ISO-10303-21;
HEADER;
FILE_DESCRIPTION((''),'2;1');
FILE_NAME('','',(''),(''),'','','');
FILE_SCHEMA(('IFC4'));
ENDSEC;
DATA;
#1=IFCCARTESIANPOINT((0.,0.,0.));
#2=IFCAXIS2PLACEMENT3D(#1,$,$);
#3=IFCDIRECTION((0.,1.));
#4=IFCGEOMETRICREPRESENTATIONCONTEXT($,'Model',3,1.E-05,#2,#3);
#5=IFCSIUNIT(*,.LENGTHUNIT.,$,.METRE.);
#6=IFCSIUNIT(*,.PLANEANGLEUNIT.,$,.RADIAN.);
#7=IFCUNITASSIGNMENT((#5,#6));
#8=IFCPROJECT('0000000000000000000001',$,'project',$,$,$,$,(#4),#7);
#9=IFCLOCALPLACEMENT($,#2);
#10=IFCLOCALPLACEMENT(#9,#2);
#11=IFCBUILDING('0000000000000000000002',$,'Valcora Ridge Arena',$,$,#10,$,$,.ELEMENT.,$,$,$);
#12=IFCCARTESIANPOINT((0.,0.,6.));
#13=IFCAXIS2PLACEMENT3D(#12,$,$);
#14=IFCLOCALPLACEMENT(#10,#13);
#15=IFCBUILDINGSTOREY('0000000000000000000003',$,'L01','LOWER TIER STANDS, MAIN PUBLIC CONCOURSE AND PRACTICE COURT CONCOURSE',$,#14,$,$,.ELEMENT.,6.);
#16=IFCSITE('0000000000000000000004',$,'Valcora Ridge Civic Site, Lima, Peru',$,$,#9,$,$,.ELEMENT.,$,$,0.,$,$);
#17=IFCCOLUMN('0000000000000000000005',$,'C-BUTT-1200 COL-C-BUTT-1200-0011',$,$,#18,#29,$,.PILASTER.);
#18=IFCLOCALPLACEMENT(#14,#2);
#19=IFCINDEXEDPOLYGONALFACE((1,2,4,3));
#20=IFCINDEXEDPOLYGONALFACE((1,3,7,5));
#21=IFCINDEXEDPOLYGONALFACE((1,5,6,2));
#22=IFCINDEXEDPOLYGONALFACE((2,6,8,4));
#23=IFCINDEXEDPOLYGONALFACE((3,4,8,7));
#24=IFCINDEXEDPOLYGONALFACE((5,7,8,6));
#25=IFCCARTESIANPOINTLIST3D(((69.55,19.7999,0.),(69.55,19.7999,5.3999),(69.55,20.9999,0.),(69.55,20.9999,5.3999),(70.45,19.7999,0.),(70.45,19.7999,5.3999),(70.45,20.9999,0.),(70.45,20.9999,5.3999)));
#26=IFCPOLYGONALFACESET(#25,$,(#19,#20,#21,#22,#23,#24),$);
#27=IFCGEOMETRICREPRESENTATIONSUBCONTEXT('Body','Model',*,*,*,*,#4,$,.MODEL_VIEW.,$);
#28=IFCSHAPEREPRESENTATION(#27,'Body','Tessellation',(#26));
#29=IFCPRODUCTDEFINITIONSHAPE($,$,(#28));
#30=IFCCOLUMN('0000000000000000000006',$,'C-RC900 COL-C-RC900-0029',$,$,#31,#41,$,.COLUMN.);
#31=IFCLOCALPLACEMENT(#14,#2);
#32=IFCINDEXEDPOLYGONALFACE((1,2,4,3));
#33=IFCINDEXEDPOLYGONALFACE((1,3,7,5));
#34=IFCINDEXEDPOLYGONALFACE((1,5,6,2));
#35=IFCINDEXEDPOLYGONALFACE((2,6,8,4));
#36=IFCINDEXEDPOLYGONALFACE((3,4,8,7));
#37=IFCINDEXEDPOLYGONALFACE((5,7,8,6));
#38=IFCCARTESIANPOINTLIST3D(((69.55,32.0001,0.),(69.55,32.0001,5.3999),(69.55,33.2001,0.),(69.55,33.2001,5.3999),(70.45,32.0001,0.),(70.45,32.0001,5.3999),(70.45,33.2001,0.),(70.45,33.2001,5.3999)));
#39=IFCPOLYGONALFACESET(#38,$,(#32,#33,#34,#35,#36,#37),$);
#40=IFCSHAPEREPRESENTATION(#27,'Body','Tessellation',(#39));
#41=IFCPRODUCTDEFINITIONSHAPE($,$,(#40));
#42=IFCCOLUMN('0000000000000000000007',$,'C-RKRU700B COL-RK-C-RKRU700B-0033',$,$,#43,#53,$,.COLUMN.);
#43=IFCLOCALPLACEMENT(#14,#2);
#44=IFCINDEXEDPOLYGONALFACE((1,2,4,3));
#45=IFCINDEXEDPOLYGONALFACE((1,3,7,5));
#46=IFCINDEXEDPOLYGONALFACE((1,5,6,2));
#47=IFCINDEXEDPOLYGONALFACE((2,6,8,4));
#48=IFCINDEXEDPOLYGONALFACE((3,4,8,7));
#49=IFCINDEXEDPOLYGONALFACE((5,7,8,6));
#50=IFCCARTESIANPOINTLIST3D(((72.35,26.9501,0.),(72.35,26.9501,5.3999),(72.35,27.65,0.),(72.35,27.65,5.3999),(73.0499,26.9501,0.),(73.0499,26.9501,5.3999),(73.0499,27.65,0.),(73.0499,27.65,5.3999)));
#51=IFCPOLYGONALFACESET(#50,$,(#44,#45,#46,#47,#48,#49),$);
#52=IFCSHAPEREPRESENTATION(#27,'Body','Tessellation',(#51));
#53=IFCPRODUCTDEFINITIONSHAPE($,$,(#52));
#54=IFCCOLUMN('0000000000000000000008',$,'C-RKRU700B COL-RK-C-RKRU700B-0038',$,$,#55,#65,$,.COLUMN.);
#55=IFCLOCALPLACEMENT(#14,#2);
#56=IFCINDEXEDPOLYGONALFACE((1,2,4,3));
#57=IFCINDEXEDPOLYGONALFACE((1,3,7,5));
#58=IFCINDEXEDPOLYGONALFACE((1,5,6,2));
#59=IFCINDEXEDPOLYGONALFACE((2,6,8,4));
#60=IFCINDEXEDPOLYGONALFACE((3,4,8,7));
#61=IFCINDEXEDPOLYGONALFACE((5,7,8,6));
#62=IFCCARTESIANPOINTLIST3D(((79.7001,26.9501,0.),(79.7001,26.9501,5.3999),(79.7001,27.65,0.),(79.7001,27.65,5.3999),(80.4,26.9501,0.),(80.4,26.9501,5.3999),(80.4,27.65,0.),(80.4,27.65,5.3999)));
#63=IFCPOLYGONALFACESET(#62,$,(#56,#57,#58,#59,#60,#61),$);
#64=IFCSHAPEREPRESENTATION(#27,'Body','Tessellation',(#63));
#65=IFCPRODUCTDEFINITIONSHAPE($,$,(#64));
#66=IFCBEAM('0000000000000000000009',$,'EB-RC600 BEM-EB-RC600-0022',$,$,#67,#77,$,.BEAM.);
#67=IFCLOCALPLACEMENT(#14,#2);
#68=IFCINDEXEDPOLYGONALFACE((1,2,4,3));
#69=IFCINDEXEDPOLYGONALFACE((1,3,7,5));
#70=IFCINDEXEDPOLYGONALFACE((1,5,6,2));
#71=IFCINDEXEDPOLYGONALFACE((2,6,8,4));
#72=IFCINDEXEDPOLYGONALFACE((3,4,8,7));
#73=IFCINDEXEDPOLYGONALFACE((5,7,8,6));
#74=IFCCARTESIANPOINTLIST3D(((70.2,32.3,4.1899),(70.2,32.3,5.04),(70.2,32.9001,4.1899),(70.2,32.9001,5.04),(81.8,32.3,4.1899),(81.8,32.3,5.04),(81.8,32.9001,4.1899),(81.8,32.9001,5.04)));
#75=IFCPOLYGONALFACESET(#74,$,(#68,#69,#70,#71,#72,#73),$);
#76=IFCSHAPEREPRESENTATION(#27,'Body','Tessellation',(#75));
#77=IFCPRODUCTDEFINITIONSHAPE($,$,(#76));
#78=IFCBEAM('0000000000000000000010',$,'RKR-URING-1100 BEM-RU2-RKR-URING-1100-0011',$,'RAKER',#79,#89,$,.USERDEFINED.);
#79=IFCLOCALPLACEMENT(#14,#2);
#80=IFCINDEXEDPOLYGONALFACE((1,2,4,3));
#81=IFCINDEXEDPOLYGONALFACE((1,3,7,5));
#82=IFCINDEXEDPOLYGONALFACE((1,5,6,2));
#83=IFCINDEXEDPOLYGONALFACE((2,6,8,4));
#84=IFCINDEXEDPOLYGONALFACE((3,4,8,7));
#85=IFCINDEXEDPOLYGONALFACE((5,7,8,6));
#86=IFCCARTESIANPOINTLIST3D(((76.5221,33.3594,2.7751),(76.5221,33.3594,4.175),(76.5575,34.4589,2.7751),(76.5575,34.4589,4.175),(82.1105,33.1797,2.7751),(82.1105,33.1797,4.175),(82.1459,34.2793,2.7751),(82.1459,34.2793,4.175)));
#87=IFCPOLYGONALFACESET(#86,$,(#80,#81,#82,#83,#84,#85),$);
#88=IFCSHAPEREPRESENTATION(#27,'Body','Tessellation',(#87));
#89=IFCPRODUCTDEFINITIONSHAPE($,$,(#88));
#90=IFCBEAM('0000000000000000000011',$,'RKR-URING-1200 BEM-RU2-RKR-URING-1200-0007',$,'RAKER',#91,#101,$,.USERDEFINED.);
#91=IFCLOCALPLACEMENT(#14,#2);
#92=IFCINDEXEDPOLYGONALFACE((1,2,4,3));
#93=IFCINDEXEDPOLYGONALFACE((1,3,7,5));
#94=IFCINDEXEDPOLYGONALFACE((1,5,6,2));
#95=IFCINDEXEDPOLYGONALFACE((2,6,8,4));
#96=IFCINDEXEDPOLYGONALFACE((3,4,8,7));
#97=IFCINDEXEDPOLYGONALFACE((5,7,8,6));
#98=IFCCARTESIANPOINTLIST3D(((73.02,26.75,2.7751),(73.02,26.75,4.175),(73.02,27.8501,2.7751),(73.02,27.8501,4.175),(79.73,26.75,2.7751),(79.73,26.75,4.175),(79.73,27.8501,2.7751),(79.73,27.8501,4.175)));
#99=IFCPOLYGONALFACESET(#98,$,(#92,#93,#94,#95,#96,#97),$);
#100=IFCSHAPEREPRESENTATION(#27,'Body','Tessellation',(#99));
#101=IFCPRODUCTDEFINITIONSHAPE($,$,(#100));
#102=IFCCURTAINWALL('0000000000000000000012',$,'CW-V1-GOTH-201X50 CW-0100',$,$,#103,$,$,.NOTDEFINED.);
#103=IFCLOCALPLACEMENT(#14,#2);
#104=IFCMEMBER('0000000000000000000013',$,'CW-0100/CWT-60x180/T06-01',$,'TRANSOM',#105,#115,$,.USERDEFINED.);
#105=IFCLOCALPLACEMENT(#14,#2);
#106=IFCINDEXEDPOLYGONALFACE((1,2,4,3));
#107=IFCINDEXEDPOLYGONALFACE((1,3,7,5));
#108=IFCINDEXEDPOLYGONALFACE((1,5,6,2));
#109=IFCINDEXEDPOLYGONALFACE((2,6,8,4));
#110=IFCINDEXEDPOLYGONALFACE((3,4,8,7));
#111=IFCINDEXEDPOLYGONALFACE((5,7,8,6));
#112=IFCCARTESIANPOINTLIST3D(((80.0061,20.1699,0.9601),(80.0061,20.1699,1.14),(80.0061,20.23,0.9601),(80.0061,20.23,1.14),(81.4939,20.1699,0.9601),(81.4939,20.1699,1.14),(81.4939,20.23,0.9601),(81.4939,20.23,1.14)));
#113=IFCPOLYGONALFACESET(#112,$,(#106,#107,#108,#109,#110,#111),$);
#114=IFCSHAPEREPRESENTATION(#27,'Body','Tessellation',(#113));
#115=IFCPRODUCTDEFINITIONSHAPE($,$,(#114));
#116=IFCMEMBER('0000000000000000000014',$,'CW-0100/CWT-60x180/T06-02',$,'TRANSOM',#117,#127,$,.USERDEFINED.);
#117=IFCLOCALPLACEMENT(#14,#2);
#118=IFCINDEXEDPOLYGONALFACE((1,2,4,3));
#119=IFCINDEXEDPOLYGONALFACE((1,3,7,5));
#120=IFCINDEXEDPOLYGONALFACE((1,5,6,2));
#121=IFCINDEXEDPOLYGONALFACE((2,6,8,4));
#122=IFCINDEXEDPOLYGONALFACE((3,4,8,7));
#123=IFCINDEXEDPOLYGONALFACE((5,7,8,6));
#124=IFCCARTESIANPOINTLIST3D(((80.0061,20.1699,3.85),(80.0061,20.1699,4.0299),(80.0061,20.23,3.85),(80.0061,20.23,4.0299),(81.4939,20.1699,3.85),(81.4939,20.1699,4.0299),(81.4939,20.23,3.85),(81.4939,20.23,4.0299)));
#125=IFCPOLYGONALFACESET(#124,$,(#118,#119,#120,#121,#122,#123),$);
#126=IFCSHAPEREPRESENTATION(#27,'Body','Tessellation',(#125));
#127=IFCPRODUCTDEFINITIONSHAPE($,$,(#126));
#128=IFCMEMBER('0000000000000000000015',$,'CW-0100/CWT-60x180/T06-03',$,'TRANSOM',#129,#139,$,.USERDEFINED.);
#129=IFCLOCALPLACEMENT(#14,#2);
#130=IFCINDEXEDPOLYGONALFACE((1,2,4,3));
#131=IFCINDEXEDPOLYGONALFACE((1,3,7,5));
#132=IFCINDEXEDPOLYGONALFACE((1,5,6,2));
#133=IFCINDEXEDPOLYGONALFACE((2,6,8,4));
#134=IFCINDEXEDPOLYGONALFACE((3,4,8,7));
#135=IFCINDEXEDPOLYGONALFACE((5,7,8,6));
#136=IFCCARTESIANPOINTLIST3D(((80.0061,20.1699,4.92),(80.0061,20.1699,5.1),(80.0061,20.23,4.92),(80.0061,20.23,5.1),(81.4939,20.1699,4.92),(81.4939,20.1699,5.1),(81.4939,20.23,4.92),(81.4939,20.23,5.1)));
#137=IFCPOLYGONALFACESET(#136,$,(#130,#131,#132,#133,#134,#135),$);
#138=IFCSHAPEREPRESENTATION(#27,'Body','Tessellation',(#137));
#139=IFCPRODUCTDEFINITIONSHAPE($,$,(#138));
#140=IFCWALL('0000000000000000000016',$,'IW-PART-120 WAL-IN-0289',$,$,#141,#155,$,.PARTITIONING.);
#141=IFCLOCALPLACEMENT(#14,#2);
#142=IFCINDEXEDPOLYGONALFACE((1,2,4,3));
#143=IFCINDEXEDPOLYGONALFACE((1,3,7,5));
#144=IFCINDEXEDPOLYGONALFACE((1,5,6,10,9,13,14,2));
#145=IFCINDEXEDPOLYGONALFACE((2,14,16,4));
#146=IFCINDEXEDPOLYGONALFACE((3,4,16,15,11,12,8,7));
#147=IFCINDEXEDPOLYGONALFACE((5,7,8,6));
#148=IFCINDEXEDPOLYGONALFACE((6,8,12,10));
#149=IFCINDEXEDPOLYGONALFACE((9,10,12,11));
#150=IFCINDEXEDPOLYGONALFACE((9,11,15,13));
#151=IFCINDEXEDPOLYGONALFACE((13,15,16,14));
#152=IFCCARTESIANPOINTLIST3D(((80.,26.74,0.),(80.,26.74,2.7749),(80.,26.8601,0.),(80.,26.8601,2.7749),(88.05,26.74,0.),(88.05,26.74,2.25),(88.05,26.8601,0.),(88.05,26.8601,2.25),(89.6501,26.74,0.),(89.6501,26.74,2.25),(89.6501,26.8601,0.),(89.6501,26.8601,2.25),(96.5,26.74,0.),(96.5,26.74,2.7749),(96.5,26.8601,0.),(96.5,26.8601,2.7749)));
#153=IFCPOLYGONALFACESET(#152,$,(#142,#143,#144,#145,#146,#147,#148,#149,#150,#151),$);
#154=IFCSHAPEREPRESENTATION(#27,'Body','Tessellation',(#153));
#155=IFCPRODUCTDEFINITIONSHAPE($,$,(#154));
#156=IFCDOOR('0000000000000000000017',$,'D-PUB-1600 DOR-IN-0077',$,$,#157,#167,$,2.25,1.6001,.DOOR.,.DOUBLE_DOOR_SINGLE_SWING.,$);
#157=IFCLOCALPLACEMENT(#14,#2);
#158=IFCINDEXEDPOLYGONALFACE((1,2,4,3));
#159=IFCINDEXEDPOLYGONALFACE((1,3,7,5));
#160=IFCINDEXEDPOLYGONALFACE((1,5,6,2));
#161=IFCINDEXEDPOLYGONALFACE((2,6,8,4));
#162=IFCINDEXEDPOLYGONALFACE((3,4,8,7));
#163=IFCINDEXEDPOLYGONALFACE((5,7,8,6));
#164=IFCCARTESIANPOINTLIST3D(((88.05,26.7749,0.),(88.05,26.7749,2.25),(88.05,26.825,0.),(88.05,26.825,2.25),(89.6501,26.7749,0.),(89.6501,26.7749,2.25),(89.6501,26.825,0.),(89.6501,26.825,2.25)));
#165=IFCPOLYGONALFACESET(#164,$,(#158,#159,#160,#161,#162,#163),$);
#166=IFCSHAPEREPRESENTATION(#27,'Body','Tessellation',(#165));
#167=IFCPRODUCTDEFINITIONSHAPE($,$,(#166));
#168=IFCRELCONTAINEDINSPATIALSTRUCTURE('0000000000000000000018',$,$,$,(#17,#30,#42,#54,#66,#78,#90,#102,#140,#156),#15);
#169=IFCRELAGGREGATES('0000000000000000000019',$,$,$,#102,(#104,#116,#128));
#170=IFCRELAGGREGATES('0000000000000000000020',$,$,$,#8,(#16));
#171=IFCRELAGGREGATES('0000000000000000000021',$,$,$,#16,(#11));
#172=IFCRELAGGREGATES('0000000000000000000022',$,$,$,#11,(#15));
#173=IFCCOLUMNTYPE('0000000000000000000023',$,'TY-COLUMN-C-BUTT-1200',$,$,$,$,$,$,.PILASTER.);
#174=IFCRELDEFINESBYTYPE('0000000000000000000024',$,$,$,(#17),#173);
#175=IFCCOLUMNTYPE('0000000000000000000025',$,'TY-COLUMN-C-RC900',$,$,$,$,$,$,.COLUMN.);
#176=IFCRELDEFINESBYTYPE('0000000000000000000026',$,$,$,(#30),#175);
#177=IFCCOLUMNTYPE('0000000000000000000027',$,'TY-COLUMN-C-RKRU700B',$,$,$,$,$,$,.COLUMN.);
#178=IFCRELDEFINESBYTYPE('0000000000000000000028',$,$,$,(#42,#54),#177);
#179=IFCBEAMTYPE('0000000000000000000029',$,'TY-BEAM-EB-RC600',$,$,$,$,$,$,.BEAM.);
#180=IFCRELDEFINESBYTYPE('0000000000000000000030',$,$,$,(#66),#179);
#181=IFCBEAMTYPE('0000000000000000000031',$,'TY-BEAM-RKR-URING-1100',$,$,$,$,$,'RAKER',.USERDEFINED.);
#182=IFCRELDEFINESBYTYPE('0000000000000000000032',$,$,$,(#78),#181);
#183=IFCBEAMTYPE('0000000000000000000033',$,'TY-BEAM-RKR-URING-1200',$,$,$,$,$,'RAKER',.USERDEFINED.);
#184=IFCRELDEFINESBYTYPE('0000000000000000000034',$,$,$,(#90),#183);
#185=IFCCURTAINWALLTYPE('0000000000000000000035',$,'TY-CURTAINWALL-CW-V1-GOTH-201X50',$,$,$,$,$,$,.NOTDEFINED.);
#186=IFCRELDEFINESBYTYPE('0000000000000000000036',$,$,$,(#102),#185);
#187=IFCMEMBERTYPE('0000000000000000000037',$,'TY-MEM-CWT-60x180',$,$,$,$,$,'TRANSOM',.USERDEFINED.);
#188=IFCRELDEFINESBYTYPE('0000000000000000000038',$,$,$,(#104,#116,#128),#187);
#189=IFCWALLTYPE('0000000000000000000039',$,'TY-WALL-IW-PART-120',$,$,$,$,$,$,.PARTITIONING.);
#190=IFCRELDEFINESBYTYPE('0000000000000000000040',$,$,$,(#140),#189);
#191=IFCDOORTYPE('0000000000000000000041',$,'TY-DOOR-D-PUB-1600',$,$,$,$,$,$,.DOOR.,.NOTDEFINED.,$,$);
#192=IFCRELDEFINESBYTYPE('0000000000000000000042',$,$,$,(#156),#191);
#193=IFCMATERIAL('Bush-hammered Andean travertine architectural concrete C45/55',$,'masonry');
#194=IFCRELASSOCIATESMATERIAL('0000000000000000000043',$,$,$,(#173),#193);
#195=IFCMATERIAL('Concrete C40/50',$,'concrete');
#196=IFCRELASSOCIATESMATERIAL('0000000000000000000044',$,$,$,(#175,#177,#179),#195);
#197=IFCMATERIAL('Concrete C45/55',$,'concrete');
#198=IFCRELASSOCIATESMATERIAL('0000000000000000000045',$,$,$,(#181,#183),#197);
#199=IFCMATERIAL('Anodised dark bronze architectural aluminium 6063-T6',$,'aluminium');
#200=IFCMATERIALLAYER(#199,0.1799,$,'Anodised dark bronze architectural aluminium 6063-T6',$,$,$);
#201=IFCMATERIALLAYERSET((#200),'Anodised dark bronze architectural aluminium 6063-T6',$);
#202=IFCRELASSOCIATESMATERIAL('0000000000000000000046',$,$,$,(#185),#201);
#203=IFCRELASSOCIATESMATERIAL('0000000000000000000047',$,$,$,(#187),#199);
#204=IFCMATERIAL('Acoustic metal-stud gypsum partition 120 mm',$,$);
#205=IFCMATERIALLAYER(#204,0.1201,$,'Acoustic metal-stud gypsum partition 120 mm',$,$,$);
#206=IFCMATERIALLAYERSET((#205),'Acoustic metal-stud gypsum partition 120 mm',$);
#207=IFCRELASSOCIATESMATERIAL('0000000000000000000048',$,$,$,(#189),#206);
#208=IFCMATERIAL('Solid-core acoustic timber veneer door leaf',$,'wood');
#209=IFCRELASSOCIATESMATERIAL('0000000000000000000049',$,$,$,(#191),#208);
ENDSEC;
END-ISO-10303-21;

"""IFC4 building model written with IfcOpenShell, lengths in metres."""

from ifc_helpers import new_model, si_unit, direction, frame, frame_2d, origin, origin_2d, place, context, subcontext, project, spatial, rectangle, extrude, material, layer, layer_set, material_profile, profile_set, type_object, element, fill, aggregate, save


model = new_model("IFC4")

# Units and contexts
model_context = context("Model", 3, precision=1e-05, world=origin(), true_north=direction((0.0, 1.0)))
body_context = subcontext(model_context, "Body", "Model", "MODEL_VIEW")
ifc_project = project(units=[si_unit("LENGTHUNIT", "METRE"), si_unit("PLANEANGLEUNIT", "RADIAN")], contexts=[model_context])

# Site, building, storey
site_placement = place(None, origin())
site = spatial("IfcSite", under=ifc_project, at=site_placement, Name="Valcora Ridge Civic Site, Lima, Peru", CompositionType="ELEMENT", RefElevation=0.0)
building_placement = place(site_placement, origin())
building = spatial("IfcBuilding", under=site, at=building_placement, Name="Valcora Ridge Arena", CompositionType="ELEMENT")
storey_placement = place(building_placement, frame((0.0, 0.0, 6.0)))
storey = spatial("IfcBuildingStorey", under=building, at=storey_placement, Name="L01", Description="LOWER TIER STANDS, MAIN PUBLIC CONCOURSE AND PRACTICE COURT CONCOURSE", CompositionType="ELEMENT", Elevation=6.0)

# Columns
ifc_material_1 = material(Name="Bush-hammered Andean travertine architectural concrete C45/55", Category="masonry")
ifc_material_profile_1 = material_profile(ifc_material_1, rectangle(XDim=0.8999, YDim=1.2, at=origin_2d()), Name="RC 900x1200")
ifc_profile_set_1 = profile_set([ifc_material_profile_1], Name="Bush-hammered Andean travertine architectural concrete C45/55")
column_type_1 = type_object("IfcColumnType", Name="TY-COLUMN-C-BUTT-1200", PredefinedType="PILASTER", material=ifc_profile_set_1)
column_1_placement = place(storey_placement, frame((70.0, 20.3999, 0.0), z_axis=(0.0, 0.0, 1.0), x_axis=(1.0, 0.0, 0.0)))
element("IfcColumn", 1, at=column_1_placement, inside=storey, type_object=column_type_1, Name="C-BUTT-1200 COL-C-BUTT-1200-0011", PredefinedType="PILASTER", context=body_context, shape_type="SweptSolid", body=[
    extrude(rectangle(XDim=0.8999, YDim=1.2, at=origin_2d()), origin(), (0.0, 0.0, 1.0), 5.3999),
])
ifc_material_2 = material(Name="Concrete C40/50", Category="concrete")
ifc_material_profile_2 = material_profile(ifc_material_2, rectangle(XDim=0.8999, YDim=1.2, at=origin_2d()), Name="RC 900x1200")
ifc_profile_set_2 = profile_set([ifc_material_profile_2], Name="Concrete C40/50")
column_type_2 = type_object("IfcColumnType", Name="TY-COLUMN-C-RC900", PredefinedType="COLUMN", material=ifc_profile_set_2)
column_2_placement = place(storey_placement, frame((70.0, 32.6001, 0.0), z_axis=(0.0, 0.0, 1.0), x_axis=(1.0, 0.0, 0.0)))
element("IfcColumn", 2, at=column_2_placement, inside=storey, type_object=column_type_2, Name="C-RC900 COL-C-RC900-0029", PredefinedType="COLUMN", context=body_context, shape_type="SweptSolid", body=[
    extrude(rectangle(XDim=0.8999, YDim=1.2, at=origin_2d()), origin(), (0.0, 0.0, 1.0), 5.3999),
])
ifc_material_profile_3 = material_profile(ifc_material_2, rectangle(XDim=0.7, YDim=0.7, at=origin_2d()), Name="RC 700x700")
ifc_profile_set_3 = profile_set([ifc_material_profile_3], Name="Concrete C40/50")
column_type_3 = type_object("IfcColumnType", Name="TY-COLUMN-C-RKRU700B", PredefinedType="COLUMN", material=ifc_profile_set_3)
for number, where, z_axis, x_axis, name in (
    (3, (72.7, 27.3, 0.0), (0.0, 0.0, 1.0), (1.0, 0.0, 0.0), "C-RKRU700B COL-RK-C-RKRU700B-0033"),
    (4, (80.05, 27.3, 0.0), (0.0, 0.0, 1.0), (1.0, 0.0, 0.0), "C-RKRU700B COL-RK-C-RKRU700B-0038"),
):
    element("IfcColumn", number, at=place(storey_placement, frame(where, z_axis=z_axis, x_axis=x_axis)), inside=storey, type_object=column_type_3, Name=name, PredefinedType="COLUMN", context=body_context, shape_type="SweptSolid", body=[
        extrude(rectangle(XDim=0.7, YDim=0.7, at=origin_2d()), origin(), (0.0, 0.0, 1.0), 5.3999),
    ])

# Beams
ifc_material_profile_4 = material_profile(ifc_material_2, rectangle(XDim=0.6001, YDim=0.8501, at=origin_2d()), Name="RC 600x850")
ifc_profile_set_4 = profile_set([ifc_material_profile_4], Name="Concrete C40/50")
beam_type_1 = type_object("IfcBeamType", Name="TY-BEAM-EB-RC600", PredefinedType="BEAM", material=ifc_profile_set_4)
beam_1_placement = place(storey_placement, frame((70.2, 32.6001, 4.615), z_axis=(1.0, 0.0, 0.0), x_axis=(0.0, 1.0, 0.0)))
element("IfcBeam", 5, at=beam_1_placement, inside=storey, type_object=beam_type_1, Name="EB-RC600 BEM-EB-RC600-0022", PredefinedType="BEAM", context=body_context, shape_type="SweptSolid", body=[
    extrude(rectangle(XDim=0.6001, YDim=0.8501, at=origin_2d()), origin(), (0.0, 0.0, 1.0), 11.6001),
])
ifc_material_3 = material(Name="Concrete C45/55", Category="concrete")
ifc_material_profile_5 = material_profile(ifc_material_3, rectangle(XDim=1.1001, YDim=1.3999, at=origin_2d()), Name="RC 1100x1400")
ifc_profile_set_5 = profile_set([ifc_material_profile_5], Name="Concrete C45/55")
beam_type_2 = type_object("IfcBeamType", Name="TY-BEAM-RKR-URING-1100", ElementType="RAKER", PredefinedType="USERDEFINED", material=ifc_profile_set_5)
beam_2_placement = place(storey_placement, frame((76.5398, 33.9092, 3.4751), z_axis=(0.999483, -0.032137, 0.0), x_axis=(0.032137, 0.999483, 0.0)))
element("IfcBeam", 6, at=beam_2_placement, inside=storey, type_object=beam_type_2, Name="RKR-URING-1100 BEM-RU2-RKR-URING-1100-0011", ObjectType="RAKER", PredefinedType="USERDEFINED", context=body_context, shape_type="SweptSolid", body=[
    extrude(rectangle(XDim=1.1001, YDim=1.3999, at=origin_2d()), origin(), (0.0, 0.0, 1.0), 5.5913),
])
ifc_material_profile_6 = material_profile(ifc_material_3, rectangle(XDim=1.1001, YDim=1.3999, at=origin_2d()), Name="RC 1100x1400")
ifc_profile_set_6 = profile_set([ifc_material_profile_6], Name="Concrete C45/55")
beam_type_3 = type_object("IfcBeamType", Name="TY-BEAM-RKR-URING-1200", ElementType="RAKER", PredefinedType="USERDEFINED", material=ifc_profile_set_6)
beam_3_placement = place(storey_placement, frame((73.02, 27.3, 3.4751), z_axis=(1.0, 0.0, 0.0), x_axis=(0.0, 1.0, 0.0)))
element("IfcBeam", 7, at=beam_3_placement, inside=storey, type_object=beam_type_3, Name="RKR-URING-1200 BEM-RU2-RKR-URING-1200-0007", ObjectType="RAKER", PredefinedType="USERDEFINED", context=body_context, shape_type="SweptSolid", body=[
    extrude(rectangle(XDim=1.1001, YDim=1.3999, at=origin_2d()), origin(), (0.0, 0.0, 1.0), 6.71),
])

# Curtain wall, members
ifc_material_4 = material(Name="Anodised dark bronze architectural aluminium 6063-T6", Category="aluminium")
ifc_layer_1 = layer(ifc_material_4, 0.1799, Name="Anodised dark bronze architectural aluminium 6063-T6")
ifc_layer_set_1 = layer_set([ifc_layer_1], Name="Anodised dark bronze architectural aluminium 6063-T6")
curtain_wall_type = type_object("IfcCurtainWallType", Name="TY-CURTAINWALL-CW-V1-GOTH-201X50", PredefinedType="NOTDEFINED", material=ifc_layer_set_1)
curtain_wall_placement = place(storey_placement, origin())
curtain_wall = element("IfcCurtainWall", 8, at=curtain_wall_placement, inside=storey, type_object=curtain_wall_type, Name="CW-V1-GOTH-201X50 CW-0100", PredefinedType="NOTDEFINED")
ifc_material_profile_7 = material_profile(ifc_material_4, rectangle(XDim=0.0601, YDim=0.1799, at=origin_2d()), Name="ALU TRANSOM 60x180")
ifc_profile_set_7 = profile_set([ifc_material_profile_7], Name="Anodised dark bronze architectural aluminium 6063-T6")
member_type = type_object("IfcMemberType", Name="TY-MEM-CWT-60x180", ElementType="TRANSOM", PredefinedType="USERDEFINED", material=ifc_profile_set_7)
member_1_placement = place(storey_placement, frame((80.0061, 20.2, 1.05), z_axis=(1.0, 0.0, 0.0), x_axis=(0.0, 1.0, 0.0)))
member_1 = element("IfcMember", 9, at=member_1_placement, type_object=member_type, Name="CW-0100/CWT-60x180/T06-01", ObjectType="TRANSOM", PredefinedType="USERDEFINED", context=body_context, shape_type="SweptSolid", body=[
    extrude(rectangle(XDim=0.0601, YDim=0.1799, at=origin_2d()), origin(), (0.0, 0.0, 1.0), 1.4878),
])
member_2_placement = place(storey_placement, frame((80.0061, 20.2, 3.9399), z_axis=(1.0, 0.0, 0.0), x_axis=(0.0, 1.0, 0.0)))
member_2 = element("IfcMember", 10, at=member_2_placement, type_object=member_type, Name="CW-0100/CWT-60x180/T06-02", ObjectType="TRANSOM", PredefinedType="USERDEFINED", context=body_context, shape_type="SweptSolid", body=[
    extrude(rectangle(XDim=0.0601, YDim=0.1799, at=origin_2d()), origin(), (0.0, 0.0, 1.0), 1.4878),
])
member_3_placement = place(storey_placement, frame((80.0061, 20.2, 5.01), z_axis=(1.0, 0.0, 0.0), x_axis=(0.0, 1.0, 0.0)))
member_3 = element("IfcMember", 11, at=member_3_placement, type_object=member_type, Name="CW-0100/CWT-60x180/T06-03", ObjectType="TRANSOM", PredefinedType="USERDEFINED", context=body_context, shape_type="SweptSolid", body=[
    extrude(rectangle(XDim=0.0601, YDim=0.1799, at=origin_2d()), origin(), (0.0, 0.0, 1.0), 1.4878),
])
aggregate(curtain_wall, [member_1, member_2, member_3])

# Wall, opening, door
ifc_material_5 = material(Name="Acoustic metal-stud gypsum partition 120 mm")
ifc_layer_2 = layer(ifc_material_5, 0.1201, Name="Acoustic metal-stud gypsum partition 120 mm")
ifc_layer_set_2 = layer_set([ifc_layer_2], Name="Acoustic metal-stud gypsum partition 120 mm")
wall_type_1 = type_object("IfcWallType", Name="TY-WALL-IW-PART-120", PredefinedType="PARTITIONING", material=ifc_layer_set_2)
wall_1_placement = place(storey_placement, frame((80.0, 26.8, 0.0), z_axis=(0.0, 0.0, 1.0), x_axis=(1.0, 0.0, 0.0)))
wall_1 = element("IfcWall", 12, at=wall_1_placement, inside=storey, type_object=wall_type_1, Name="IW-PART-120 WAL-IN-0289", PredefinedType="PARTITIONING", context=body_context, shape_type="SweptSolid", body=[
    extrude(rectangle(XDim=16.5, YDim=0.1201, at=frame_2d((8.25, 0.0))), origin(), (0.0, 0.0, 1.0), 2.7749),
])
opening_1_placement = place(wall_1_placement, frame((8.05, 0.0, 0.0)))
opening_1 = element("IfcOpeningElement", 13, at=opening_1_placement, cuts=wall_1, PredefinedType="OPENING", context=body_context, shape_type="SweptSolid", body=[
    extrude(rectangle(XDim=1.6001, YDim=2.25, at=frame_2d((0.8, 1.125))), frame((0.0, 0.0701, 0.0), z_axis=(0.0, -1.0, 0.0), x_axis=(1.0, 0.0, 0.0)), (0.0, 0.0, 1.0), 0.1401),
])
ifc_material_6 = material(Name="Solid-core acoustic timber veneer door leaf", Category="wood")
door_type_1 = type_object("IfcDoorType", Name="TY-DOOR-D-PUB-1600", OperationType="NOTDEFINED", PredefinedType="DOOR", material=ifc_material_6)
door_1_placement = place(opening_1_placement, origin())
door_1 = element("IfcDoor", 14, at=door_1_placement, inside=storey, type_object=door_type_1, Name="D-PUB-1600 DOR-IN-0077", OperationType="DOUBLE_DOOR_SINGLE_SWING", OverallHeight=2.25, OverallWidth=1.6001, PredefinedType="DOOR", context=body_context, shape_type="SweptSolid", body=[
    extrude(rectangle(XDim=1.6001, YDim=2.25, at=frame_2d((0.8, 1.125))), frame((0.0, 0.0249, 0.0), z_axis=(0.0, -1.0, 0.0), x_axis=(1.0, 0.0, 0.0)), (0.0, 0.0, 1.0), 0.05),
])
fill(opening_1, door_1)

save(model, "model.ifc")
